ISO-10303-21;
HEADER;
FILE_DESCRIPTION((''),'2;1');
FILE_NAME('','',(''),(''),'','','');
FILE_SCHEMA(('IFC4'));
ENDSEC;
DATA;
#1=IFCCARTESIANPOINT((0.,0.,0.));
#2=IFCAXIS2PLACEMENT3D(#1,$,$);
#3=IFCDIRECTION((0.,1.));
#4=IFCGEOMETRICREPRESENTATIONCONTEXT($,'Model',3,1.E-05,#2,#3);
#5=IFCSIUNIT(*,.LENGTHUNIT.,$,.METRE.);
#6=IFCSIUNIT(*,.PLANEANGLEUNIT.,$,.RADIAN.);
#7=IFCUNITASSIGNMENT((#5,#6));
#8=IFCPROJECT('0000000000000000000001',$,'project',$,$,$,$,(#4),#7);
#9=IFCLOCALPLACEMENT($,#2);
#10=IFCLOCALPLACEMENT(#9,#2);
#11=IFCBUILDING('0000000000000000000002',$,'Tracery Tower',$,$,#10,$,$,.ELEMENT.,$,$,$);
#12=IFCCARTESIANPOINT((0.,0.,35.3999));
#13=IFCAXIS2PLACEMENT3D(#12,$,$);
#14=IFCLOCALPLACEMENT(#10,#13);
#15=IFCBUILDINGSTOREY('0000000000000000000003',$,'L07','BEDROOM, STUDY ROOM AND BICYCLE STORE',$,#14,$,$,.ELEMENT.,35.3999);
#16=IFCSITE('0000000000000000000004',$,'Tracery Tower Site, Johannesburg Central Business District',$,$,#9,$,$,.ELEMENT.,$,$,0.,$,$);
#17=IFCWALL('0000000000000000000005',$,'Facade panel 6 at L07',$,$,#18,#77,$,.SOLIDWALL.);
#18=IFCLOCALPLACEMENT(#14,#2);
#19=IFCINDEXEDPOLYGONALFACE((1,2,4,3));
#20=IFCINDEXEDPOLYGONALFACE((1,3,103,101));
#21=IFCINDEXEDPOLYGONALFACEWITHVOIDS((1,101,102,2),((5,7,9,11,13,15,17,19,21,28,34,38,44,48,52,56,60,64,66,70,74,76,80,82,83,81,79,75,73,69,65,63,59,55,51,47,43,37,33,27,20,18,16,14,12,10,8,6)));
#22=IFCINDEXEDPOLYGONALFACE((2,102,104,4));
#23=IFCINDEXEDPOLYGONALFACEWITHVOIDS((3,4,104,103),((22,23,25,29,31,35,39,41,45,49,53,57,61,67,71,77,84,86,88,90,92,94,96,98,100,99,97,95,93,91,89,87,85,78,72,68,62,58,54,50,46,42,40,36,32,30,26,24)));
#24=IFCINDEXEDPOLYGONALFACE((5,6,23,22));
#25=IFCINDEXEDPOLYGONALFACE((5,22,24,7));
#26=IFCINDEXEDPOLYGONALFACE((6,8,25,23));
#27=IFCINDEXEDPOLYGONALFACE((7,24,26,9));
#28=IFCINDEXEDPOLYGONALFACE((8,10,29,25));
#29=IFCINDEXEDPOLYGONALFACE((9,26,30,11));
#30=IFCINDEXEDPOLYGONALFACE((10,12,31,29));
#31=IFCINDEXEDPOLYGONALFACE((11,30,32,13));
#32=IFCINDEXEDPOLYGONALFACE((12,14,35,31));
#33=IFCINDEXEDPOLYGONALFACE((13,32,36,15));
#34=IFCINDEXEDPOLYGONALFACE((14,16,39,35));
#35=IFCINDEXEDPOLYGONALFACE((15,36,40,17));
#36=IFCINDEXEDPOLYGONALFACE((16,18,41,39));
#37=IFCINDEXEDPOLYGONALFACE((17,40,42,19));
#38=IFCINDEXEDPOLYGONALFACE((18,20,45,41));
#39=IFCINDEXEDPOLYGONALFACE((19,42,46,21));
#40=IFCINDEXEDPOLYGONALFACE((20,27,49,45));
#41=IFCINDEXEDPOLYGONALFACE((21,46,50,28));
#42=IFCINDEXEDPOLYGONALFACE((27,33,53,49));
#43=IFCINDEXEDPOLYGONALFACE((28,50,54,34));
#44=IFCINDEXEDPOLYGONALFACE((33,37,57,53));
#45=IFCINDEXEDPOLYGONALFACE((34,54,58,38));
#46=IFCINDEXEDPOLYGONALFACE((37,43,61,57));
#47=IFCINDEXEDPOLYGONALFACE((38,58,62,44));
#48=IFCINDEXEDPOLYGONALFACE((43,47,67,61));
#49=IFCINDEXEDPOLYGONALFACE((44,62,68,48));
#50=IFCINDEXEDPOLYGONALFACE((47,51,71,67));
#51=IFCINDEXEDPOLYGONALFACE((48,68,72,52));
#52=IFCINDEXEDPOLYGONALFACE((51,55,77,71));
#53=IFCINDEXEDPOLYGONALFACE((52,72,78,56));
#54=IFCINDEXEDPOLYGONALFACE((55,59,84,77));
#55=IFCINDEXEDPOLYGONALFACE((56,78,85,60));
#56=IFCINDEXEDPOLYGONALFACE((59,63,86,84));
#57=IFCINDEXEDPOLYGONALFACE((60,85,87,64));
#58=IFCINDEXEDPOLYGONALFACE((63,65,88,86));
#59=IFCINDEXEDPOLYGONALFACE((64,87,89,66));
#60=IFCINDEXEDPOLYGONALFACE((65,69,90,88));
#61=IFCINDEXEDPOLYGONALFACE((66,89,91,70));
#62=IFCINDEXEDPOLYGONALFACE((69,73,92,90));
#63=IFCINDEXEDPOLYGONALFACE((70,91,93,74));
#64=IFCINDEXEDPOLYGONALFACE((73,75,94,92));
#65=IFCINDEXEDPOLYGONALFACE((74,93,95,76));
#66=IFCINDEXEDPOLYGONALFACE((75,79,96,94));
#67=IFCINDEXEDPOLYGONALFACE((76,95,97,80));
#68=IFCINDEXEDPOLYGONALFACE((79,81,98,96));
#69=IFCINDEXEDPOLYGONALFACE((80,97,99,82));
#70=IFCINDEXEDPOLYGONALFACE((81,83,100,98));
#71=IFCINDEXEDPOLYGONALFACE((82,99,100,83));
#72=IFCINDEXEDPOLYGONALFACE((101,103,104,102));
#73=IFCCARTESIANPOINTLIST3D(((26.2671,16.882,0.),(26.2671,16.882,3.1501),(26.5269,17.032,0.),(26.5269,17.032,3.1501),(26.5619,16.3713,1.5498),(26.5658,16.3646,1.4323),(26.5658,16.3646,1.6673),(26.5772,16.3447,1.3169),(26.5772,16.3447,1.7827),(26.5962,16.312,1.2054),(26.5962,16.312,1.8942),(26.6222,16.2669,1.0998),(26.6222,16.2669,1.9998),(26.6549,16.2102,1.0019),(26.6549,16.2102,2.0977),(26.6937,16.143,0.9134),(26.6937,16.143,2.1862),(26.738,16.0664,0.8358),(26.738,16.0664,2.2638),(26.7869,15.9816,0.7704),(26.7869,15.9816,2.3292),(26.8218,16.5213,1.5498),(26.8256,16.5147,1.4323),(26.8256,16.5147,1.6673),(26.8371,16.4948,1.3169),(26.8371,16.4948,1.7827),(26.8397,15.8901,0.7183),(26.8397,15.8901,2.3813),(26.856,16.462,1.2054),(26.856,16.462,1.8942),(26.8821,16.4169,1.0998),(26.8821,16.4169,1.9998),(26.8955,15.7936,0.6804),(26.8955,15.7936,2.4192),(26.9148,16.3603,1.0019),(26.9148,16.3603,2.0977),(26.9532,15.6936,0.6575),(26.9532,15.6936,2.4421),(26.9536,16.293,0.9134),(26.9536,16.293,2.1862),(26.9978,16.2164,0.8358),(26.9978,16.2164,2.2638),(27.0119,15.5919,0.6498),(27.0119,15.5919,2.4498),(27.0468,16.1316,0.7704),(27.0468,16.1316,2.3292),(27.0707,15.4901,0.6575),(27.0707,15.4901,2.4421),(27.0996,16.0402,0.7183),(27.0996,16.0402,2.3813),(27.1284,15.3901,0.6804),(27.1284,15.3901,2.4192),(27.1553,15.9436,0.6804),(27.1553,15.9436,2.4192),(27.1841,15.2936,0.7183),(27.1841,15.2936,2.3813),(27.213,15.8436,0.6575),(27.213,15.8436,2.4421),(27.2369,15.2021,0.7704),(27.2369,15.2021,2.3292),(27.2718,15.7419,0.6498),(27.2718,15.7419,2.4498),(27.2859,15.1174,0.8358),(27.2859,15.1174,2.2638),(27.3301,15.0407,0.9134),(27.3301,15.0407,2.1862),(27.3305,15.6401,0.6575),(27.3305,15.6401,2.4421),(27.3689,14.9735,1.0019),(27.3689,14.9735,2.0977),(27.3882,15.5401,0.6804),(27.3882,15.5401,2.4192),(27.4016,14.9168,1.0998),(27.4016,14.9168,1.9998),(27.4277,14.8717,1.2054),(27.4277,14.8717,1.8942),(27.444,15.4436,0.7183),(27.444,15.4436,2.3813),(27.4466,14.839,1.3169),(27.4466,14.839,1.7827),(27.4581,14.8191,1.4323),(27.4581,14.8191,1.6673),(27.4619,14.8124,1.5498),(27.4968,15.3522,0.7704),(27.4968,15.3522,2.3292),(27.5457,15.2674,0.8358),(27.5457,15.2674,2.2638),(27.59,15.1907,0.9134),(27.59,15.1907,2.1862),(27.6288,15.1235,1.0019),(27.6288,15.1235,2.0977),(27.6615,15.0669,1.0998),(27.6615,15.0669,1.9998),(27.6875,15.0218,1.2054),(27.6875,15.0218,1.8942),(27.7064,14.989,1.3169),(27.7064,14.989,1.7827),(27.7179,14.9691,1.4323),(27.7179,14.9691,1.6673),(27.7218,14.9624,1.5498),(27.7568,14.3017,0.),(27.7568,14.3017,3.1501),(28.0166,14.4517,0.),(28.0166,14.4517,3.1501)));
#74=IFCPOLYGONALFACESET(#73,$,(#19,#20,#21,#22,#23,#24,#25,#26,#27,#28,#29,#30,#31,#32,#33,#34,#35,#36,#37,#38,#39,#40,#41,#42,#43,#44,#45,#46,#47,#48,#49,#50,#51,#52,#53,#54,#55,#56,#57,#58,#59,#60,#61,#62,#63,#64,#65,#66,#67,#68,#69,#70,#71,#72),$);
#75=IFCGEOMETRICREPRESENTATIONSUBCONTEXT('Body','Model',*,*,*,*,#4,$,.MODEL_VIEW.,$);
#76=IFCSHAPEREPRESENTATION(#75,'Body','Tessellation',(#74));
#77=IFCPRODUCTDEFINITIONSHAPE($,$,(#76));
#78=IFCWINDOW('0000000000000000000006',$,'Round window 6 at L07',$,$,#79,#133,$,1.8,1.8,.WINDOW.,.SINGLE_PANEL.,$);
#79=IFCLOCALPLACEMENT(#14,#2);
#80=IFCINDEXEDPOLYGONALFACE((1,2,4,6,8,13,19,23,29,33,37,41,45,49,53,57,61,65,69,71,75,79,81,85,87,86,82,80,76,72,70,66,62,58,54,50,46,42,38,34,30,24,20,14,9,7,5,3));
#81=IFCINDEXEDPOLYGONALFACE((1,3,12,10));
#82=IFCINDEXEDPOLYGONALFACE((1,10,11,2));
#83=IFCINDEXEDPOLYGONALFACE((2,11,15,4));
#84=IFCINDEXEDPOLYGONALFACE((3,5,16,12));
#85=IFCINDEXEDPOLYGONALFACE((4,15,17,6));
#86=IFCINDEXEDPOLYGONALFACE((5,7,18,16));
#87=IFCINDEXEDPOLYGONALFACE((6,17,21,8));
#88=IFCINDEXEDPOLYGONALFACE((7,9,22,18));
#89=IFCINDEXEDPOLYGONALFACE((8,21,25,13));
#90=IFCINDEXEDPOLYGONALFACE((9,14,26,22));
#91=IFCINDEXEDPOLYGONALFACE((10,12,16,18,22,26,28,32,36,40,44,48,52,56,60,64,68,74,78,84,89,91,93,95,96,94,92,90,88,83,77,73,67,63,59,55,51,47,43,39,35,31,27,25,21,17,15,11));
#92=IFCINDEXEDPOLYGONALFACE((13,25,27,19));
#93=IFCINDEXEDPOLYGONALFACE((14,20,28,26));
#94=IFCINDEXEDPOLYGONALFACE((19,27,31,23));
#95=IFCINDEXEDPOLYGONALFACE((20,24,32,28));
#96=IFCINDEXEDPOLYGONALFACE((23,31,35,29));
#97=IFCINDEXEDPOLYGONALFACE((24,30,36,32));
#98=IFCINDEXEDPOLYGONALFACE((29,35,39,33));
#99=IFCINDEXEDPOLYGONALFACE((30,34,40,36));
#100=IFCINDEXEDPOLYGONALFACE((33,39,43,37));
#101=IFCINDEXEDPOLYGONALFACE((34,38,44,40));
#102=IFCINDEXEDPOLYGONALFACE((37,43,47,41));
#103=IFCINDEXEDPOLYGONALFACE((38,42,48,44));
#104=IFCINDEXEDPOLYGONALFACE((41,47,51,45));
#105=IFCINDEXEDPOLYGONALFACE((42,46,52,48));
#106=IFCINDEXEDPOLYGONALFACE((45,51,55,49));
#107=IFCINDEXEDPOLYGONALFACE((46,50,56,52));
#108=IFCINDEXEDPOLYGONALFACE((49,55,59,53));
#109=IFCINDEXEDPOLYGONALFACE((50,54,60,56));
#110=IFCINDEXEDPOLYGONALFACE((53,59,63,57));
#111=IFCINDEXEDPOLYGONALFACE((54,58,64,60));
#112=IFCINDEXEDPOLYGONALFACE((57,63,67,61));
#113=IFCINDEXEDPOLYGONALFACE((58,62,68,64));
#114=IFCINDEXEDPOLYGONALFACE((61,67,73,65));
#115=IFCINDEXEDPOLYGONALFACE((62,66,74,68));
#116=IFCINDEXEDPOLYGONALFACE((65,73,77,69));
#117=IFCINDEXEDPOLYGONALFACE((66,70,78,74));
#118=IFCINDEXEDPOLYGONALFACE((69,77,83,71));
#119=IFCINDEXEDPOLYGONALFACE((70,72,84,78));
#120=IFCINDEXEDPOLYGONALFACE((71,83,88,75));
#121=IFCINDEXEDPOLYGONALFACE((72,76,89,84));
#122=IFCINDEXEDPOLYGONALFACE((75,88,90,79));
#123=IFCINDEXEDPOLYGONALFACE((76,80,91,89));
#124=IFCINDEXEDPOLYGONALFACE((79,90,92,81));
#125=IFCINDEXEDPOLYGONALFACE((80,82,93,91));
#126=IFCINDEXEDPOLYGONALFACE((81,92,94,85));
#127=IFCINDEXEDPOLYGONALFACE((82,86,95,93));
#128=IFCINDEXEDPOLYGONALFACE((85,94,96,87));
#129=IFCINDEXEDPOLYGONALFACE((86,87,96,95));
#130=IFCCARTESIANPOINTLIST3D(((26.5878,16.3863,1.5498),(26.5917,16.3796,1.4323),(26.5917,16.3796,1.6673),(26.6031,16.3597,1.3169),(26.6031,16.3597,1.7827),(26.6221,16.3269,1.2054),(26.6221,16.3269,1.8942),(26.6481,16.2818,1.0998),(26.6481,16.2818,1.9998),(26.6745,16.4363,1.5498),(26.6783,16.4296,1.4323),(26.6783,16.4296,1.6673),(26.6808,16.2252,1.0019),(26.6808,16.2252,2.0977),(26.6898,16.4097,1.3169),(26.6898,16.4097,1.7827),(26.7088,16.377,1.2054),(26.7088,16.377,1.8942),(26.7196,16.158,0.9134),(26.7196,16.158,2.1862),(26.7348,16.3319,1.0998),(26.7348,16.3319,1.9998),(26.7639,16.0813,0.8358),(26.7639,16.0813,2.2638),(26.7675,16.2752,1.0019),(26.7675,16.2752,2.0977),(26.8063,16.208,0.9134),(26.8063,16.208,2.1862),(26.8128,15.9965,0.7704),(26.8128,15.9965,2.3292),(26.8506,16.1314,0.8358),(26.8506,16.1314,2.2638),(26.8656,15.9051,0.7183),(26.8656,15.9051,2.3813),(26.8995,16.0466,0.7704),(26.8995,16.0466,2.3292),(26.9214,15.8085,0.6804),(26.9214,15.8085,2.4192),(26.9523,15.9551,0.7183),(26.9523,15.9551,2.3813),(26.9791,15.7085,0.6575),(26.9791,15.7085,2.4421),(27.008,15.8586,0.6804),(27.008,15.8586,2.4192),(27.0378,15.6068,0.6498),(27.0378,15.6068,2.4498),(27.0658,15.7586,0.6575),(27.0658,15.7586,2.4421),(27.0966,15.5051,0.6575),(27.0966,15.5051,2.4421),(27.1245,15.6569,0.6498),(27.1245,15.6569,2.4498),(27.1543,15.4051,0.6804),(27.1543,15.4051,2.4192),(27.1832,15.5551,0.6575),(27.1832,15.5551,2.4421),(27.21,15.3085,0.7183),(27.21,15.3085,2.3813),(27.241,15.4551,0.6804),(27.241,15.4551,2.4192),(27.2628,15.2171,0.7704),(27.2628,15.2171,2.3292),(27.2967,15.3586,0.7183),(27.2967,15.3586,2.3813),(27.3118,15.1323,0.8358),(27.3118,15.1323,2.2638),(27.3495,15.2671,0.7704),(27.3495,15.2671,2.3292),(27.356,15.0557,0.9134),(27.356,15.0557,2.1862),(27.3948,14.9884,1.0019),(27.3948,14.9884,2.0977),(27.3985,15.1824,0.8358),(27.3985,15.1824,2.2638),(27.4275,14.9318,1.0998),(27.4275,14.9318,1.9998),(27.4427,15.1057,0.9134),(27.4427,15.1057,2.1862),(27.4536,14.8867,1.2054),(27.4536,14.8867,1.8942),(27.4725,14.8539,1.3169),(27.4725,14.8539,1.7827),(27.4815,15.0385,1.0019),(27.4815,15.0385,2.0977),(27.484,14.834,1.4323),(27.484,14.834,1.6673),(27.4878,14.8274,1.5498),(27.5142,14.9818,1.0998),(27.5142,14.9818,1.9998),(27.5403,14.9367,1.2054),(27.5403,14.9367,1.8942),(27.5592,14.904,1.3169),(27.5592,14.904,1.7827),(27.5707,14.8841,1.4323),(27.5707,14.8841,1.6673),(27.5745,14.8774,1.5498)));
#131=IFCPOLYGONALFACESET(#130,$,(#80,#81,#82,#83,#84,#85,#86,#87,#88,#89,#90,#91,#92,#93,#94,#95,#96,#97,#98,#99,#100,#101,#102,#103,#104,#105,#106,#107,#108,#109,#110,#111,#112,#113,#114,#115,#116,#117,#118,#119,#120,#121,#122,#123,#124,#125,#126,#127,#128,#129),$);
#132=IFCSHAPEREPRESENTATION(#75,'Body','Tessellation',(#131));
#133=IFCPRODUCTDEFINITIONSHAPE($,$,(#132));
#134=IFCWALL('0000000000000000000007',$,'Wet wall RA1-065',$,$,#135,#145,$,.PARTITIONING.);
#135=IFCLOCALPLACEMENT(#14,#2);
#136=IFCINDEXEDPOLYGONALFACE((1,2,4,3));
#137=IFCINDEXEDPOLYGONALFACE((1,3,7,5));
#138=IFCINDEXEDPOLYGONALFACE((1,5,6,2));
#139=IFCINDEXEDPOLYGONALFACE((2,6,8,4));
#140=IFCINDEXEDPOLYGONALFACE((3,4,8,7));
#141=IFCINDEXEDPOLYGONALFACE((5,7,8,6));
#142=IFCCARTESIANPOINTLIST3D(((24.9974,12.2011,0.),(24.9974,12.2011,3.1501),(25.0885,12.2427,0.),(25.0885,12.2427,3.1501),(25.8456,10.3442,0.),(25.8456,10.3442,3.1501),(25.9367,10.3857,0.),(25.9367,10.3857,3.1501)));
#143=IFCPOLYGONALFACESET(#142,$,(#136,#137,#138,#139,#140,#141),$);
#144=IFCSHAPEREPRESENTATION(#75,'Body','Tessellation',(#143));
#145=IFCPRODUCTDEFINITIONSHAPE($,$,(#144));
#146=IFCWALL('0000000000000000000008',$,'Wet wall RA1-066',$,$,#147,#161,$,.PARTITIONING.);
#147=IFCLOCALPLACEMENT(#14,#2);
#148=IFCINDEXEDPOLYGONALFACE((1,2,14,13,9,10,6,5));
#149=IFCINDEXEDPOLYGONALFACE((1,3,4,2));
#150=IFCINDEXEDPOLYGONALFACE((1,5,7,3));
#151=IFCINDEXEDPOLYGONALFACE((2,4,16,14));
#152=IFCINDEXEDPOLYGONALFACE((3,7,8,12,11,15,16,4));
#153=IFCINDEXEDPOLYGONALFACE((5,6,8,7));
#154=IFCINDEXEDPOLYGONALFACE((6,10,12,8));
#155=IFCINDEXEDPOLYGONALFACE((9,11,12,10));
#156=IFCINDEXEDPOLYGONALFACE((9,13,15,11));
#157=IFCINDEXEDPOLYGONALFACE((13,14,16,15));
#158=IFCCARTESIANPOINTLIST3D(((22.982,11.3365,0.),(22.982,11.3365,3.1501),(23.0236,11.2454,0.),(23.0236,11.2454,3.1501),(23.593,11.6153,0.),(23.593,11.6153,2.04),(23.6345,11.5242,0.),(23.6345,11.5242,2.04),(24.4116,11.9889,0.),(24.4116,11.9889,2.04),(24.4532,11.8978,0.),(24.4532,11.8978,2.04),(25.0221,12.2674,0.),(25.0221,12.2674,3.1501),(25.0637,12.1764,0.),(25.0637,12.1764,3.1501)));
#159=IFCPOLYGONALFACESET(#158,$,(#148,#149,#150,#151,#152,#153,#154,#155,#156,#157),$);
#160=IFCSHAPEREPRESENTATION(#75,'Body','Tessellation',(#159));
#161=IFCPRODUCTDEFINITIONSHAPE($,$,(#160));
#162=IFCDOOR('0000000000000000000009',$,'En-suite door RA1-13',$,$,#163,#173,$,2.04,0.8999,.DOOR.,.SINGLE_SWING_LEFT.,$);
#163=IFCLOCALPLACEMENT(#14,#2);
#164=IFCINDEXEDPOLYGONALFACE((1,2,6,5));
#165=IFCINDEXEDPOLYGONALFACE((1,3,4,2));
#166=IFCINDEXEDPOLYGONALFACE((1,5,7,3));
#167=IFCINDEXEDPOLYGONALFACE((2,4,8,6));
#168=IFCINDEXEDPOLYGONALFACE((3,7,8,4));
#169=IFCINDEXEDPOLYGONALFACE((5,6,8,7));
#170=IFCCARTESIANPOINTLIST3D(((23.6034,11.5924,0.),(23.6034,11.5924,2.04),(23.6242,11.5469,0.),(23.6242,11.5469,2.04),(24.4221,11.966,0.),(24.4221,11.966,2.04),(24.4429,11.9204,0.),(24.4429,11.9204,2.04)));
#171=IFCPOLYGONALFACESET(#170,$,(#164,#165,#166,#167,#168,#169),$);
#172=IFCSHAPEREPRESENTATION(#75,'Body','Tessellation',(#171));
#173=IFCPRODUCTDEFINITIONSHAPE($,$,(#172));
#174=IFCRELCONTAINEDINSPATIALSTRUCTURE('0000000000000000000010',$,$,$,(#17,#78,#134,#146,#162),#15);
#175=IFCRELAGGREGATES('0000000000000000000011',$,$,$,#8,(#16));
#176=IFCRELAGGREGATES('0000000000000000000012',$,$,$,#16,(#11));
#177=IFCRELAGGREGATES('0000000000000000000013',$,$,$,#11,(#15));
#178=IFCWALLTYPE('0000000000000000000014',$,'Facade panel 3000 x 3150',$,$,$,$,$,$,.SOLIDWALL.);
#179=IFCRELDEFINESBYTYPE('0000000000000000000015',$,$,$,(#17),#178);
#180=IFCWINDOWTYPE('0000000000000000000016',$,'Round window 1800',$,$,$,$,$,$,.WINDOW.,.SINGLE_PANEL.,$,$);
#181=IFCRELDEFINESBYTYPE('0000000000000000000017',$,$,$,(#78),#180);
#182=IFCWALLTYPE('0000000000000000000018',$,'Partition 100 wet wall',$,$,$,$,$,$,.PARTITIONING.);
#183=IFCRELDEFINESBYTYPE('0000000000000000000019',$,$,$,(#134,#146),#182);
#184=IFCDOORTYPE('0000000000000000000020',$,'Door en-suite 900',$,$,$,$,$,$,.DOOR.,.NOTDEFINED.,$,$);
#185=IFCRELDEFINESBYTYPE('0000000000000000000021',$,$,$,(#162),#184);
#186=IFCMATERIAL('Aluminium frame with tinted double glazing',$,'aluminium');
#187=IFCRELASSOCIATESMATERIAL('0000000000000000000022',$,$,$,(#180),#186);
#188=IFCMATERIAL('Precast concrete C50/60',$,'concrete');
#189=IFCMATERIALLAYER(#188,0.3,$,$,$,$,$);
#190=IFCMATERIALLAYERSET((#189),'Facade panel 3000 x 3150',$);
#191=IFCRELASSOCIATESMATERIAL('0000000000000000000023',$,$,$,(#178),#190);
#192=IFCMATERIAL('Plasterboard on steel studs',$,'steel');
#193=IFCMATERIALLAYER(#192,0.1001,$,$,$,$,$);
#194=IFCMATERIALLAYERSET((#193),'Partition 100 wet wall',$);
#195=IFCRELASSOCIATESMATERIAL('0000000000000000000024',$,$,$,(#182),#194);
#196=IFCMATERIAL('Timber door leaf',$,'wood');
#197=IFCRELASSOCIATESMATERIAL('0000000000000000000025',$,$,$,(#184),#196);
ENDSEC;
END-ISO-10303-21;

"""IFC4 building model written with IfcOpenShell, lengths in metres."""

from ifc_helpers import new_model, si_unit, direction, frame, frame_2d, origin, origin_2d, place, context, subcontext, project, spatial, rectangle, circle, extrude, material, layer, layer_set, type_object, element, fill, save


model = new_model("IFC4")

# Units and contexts
model_context = context("Model", 3, precision=1e-05, world=origin(), true_north=direction((0.0, 1.0)))
body_context = subcontext(model_context, "Body", "Model", "MODEL_VIEW")
ifc_project = project(units=[si_unit("LENGTHUNIT", "METRE"), si_unit("PLANEANGLEUNIT", "RADIAN")], contexts=[model_context])

# Site, building, storey
site_placement = place(None, origin())
site = spatial("IfcSite", under=ifc_project, at=site_placement, Name="Tracery Tower Site, Johannesburg Central Business District", CompositionType="ELEMENT", RefElevation=0.0)
building_placement = place(site_placement, origin())
building = spatial("IfcBuilding", under=site, at=building_placement, Name="Tracery Tower", CompositionType="ELEMENT")
storey_placement = place(building_placement, frame((0.0, 0.0, 35.3999)))
storey = spatial("IfcBuildingStorey", under=building, at=storey_placement, Name="L07", Description="BEDROOM, STUDY ROOM AND BICYCLE STORE", CompositionType="ELEMENT", Elevation=35.3999)

# Wall, opening, window
ifc_material_1 = material(Name="Aluminium frame with tinted double glazing", Category="aluminium")
window_type = type_object("IfcWindowType", Name="Round window 1800", PartitioningType="SINGLE_PANEL", PredefinedType="WINDOW", material=ifc_material_1)
ifc_material_2 = material(Name="Precast concrete C50/60", Category="concrete")
ifc_layer_1 = layer(ifc_material_2, 0.3)
ifc_layer_set_1 = layer_set([ifc_layer_1], Name="Facade panel 3000 x 3150")
wall_type_1 = type_object("IfcWallType", Name="Facade panel 3000 x 3150", PredefinedType="SOLIDWALL", material=ifc_layer_set_1)
wall_1_placement = place(storey_placement, frame((27.8867, 14.3767, 0.0), z_axis=(0.0, 0.0, 1.0), x_axis=(-0.499999, 0.866026, 0.0)))
wall_1 = element("IfcWall", 1, at=wall_1_placement, inside=storey, type_object=wall_type_1, Name="Facade panel 6 at L07", PredefinedType="SOLIDWALL", context=body_context, shape_type="SweptSolid", body=[
    extrude(rectangle(XDim=2.9795, YDim=0.3, at=frame_2d((1.4897, 0.0))), origin(), (0.0, 0.0, 1.0), 3.1501),
])
opening_1_placement = place(wall_1_placement, frame((1.4897, 0.0, 1.5498)))
opening_1 = element("IfcOpeningElement", 2, at=opening_1_placement, cuts=wall_1, PredefinedType="OPENING", context=body_context, shape_type="SweptSolid", body=[
    extrude(circle(Radius=0.9, at=origin_2d()), frame((0.0, 0.1599, 0.0), z_axis=(0.0, -1.0, 0.0), x_axis=(1.0, 0.0, 0.0)), (0.0, 0.0, 1.0), 0.3201),
])
window_1_placement = place(opening_1_placement, origin())
window_1 = element("IfcWindow", 3, at=window_1_placement, inside=storey, type_object=window_type, Name="Round window 6 at L07", OverallHeight=1.8, OverallWidth=1.8, PartitioningType="SINGLE_PANEL", PredefinedType="WINDOW", context=body_context, shape_type="SweptSolid", body=[
    extrude(circle(Radius=0.9, at=origin_2d()), frame((0.0, 0.1201, 0.0), z_axis=(0.0, -1.0, 0.0), x_axis=(1.0, 0.0, 0.0)), (0.0, 0.0, 1.0), 0.1001),
])
fill(opening_1, window_1)

# Wall
ifc_material_3 = material(Name="Plasterboard on steel studs", Category="steel")
ifc_layer_2 = layer(ifc_material_3, 0.1001)
ifc_layer_set_2 = layer_set([ifc_layer_2], Name="Partition 100 wet wall")
wall_type_2 = type_object("IfcWallType", Name="Partition 100 wet wall", PredefinedType="PARTITIONING", material=ifc_layer_set_2)
wall_2_placement = place(storey_placement, frame((25.043, 12.2219, 0.0), z_axis=(0.0, 0.0, 1.0), x_axis=(0.41546, -0.909611, 0.0)))
element("IfcWall", 4, at=wall_2_placement, inside=storey, type_object=wall_type_2, Name="Wet wall RA1-065", PredefinedType="PARTITIONING", context=body_context, shape_type="SweptSolid", body=[
    extrude(rectangle(XDim=2.0415, YDim=0.1001, at=frame_2d((1.0208, 0.0))), origin(), (0.0, 0.0, 1.0), 3.1501),
])

# Wall, opening, door
wall_3_placement = place(storey_placement, frame((23.0029, 11.291, 0.0), z_axis=(0.0, 0.0, 1.0), x_axis=(0.909758, 0.41514, 0.0)))
wall_3 = element("IfcWall", 5, at=wall_3_placement, inside=storey, type_object=wall_type_2, Name="Wet wall RA1-066", PredefinedType="PARTITIONING", context=body_context, shape_type="SweptSolid", body=[
    extrude(rectangle(XDim=2.2424, YDim=0.1001, at=frame_2d((1.1211, 0.0))), origin(), (0.0, 0.0, 1.0), 3.1501),
])
opening_2_placement = place(wall_3_placement, frame((0.6714, 0.0, 0.0)))
opening_2 = element("IfcOpeningElement", 6, at=opening_2_placement, cuts=wall_3, PredefinedType="OPENING", context=body_context, shape_type="SweptSolid", body=[
    extrude(rectangle(XDim=0.8999, YDim=2.04, at=frame_2d((0.45, 1.02))), frame((0.0, 0.05, 0.0), z_axis=(0.0, -1.0, 0.0), x_axis=(1.0, 0.0, 0.0)), (0.0, 0.0, 1.0), 0.1001),
])
ifc_material_4 = material(Name="Timber door leaf", Category="wood")
door_type_1 = type_object("IfcDoorType", Name="Door en-suite 900", OperationType="NOTDEFINED", PredefinedType="DOOR", material=ifc_material_4)
door_1_placement = place(opening_2_placement, origin())
door_1 = element("IfcDoor", 7, at=door_1_placement, inside=storey, type_object=door_type_1, Name="En-suite door RA1-13", OperationType="SINGLE_SWING_LEFT", OverallHeight=2.04, OverallWidth=0.8999, PredefinedType="DOOR", context=body_context, shape_type="SweptSolid", body=[
    extrude(rectangle(XDim=0.8999, YDim=2.04, at=frame_2d((0.45, 1.02))), frame((0.0, 0.0249, 0.0), z_axis=(0.0, -1.0, 0.0), x_axis=(1.0, 0.0, 0.0)), (0.0, 0.0, 1.0), 0.05),
])
fill(opening_2, door_1)

save(model, "model.ifc")
